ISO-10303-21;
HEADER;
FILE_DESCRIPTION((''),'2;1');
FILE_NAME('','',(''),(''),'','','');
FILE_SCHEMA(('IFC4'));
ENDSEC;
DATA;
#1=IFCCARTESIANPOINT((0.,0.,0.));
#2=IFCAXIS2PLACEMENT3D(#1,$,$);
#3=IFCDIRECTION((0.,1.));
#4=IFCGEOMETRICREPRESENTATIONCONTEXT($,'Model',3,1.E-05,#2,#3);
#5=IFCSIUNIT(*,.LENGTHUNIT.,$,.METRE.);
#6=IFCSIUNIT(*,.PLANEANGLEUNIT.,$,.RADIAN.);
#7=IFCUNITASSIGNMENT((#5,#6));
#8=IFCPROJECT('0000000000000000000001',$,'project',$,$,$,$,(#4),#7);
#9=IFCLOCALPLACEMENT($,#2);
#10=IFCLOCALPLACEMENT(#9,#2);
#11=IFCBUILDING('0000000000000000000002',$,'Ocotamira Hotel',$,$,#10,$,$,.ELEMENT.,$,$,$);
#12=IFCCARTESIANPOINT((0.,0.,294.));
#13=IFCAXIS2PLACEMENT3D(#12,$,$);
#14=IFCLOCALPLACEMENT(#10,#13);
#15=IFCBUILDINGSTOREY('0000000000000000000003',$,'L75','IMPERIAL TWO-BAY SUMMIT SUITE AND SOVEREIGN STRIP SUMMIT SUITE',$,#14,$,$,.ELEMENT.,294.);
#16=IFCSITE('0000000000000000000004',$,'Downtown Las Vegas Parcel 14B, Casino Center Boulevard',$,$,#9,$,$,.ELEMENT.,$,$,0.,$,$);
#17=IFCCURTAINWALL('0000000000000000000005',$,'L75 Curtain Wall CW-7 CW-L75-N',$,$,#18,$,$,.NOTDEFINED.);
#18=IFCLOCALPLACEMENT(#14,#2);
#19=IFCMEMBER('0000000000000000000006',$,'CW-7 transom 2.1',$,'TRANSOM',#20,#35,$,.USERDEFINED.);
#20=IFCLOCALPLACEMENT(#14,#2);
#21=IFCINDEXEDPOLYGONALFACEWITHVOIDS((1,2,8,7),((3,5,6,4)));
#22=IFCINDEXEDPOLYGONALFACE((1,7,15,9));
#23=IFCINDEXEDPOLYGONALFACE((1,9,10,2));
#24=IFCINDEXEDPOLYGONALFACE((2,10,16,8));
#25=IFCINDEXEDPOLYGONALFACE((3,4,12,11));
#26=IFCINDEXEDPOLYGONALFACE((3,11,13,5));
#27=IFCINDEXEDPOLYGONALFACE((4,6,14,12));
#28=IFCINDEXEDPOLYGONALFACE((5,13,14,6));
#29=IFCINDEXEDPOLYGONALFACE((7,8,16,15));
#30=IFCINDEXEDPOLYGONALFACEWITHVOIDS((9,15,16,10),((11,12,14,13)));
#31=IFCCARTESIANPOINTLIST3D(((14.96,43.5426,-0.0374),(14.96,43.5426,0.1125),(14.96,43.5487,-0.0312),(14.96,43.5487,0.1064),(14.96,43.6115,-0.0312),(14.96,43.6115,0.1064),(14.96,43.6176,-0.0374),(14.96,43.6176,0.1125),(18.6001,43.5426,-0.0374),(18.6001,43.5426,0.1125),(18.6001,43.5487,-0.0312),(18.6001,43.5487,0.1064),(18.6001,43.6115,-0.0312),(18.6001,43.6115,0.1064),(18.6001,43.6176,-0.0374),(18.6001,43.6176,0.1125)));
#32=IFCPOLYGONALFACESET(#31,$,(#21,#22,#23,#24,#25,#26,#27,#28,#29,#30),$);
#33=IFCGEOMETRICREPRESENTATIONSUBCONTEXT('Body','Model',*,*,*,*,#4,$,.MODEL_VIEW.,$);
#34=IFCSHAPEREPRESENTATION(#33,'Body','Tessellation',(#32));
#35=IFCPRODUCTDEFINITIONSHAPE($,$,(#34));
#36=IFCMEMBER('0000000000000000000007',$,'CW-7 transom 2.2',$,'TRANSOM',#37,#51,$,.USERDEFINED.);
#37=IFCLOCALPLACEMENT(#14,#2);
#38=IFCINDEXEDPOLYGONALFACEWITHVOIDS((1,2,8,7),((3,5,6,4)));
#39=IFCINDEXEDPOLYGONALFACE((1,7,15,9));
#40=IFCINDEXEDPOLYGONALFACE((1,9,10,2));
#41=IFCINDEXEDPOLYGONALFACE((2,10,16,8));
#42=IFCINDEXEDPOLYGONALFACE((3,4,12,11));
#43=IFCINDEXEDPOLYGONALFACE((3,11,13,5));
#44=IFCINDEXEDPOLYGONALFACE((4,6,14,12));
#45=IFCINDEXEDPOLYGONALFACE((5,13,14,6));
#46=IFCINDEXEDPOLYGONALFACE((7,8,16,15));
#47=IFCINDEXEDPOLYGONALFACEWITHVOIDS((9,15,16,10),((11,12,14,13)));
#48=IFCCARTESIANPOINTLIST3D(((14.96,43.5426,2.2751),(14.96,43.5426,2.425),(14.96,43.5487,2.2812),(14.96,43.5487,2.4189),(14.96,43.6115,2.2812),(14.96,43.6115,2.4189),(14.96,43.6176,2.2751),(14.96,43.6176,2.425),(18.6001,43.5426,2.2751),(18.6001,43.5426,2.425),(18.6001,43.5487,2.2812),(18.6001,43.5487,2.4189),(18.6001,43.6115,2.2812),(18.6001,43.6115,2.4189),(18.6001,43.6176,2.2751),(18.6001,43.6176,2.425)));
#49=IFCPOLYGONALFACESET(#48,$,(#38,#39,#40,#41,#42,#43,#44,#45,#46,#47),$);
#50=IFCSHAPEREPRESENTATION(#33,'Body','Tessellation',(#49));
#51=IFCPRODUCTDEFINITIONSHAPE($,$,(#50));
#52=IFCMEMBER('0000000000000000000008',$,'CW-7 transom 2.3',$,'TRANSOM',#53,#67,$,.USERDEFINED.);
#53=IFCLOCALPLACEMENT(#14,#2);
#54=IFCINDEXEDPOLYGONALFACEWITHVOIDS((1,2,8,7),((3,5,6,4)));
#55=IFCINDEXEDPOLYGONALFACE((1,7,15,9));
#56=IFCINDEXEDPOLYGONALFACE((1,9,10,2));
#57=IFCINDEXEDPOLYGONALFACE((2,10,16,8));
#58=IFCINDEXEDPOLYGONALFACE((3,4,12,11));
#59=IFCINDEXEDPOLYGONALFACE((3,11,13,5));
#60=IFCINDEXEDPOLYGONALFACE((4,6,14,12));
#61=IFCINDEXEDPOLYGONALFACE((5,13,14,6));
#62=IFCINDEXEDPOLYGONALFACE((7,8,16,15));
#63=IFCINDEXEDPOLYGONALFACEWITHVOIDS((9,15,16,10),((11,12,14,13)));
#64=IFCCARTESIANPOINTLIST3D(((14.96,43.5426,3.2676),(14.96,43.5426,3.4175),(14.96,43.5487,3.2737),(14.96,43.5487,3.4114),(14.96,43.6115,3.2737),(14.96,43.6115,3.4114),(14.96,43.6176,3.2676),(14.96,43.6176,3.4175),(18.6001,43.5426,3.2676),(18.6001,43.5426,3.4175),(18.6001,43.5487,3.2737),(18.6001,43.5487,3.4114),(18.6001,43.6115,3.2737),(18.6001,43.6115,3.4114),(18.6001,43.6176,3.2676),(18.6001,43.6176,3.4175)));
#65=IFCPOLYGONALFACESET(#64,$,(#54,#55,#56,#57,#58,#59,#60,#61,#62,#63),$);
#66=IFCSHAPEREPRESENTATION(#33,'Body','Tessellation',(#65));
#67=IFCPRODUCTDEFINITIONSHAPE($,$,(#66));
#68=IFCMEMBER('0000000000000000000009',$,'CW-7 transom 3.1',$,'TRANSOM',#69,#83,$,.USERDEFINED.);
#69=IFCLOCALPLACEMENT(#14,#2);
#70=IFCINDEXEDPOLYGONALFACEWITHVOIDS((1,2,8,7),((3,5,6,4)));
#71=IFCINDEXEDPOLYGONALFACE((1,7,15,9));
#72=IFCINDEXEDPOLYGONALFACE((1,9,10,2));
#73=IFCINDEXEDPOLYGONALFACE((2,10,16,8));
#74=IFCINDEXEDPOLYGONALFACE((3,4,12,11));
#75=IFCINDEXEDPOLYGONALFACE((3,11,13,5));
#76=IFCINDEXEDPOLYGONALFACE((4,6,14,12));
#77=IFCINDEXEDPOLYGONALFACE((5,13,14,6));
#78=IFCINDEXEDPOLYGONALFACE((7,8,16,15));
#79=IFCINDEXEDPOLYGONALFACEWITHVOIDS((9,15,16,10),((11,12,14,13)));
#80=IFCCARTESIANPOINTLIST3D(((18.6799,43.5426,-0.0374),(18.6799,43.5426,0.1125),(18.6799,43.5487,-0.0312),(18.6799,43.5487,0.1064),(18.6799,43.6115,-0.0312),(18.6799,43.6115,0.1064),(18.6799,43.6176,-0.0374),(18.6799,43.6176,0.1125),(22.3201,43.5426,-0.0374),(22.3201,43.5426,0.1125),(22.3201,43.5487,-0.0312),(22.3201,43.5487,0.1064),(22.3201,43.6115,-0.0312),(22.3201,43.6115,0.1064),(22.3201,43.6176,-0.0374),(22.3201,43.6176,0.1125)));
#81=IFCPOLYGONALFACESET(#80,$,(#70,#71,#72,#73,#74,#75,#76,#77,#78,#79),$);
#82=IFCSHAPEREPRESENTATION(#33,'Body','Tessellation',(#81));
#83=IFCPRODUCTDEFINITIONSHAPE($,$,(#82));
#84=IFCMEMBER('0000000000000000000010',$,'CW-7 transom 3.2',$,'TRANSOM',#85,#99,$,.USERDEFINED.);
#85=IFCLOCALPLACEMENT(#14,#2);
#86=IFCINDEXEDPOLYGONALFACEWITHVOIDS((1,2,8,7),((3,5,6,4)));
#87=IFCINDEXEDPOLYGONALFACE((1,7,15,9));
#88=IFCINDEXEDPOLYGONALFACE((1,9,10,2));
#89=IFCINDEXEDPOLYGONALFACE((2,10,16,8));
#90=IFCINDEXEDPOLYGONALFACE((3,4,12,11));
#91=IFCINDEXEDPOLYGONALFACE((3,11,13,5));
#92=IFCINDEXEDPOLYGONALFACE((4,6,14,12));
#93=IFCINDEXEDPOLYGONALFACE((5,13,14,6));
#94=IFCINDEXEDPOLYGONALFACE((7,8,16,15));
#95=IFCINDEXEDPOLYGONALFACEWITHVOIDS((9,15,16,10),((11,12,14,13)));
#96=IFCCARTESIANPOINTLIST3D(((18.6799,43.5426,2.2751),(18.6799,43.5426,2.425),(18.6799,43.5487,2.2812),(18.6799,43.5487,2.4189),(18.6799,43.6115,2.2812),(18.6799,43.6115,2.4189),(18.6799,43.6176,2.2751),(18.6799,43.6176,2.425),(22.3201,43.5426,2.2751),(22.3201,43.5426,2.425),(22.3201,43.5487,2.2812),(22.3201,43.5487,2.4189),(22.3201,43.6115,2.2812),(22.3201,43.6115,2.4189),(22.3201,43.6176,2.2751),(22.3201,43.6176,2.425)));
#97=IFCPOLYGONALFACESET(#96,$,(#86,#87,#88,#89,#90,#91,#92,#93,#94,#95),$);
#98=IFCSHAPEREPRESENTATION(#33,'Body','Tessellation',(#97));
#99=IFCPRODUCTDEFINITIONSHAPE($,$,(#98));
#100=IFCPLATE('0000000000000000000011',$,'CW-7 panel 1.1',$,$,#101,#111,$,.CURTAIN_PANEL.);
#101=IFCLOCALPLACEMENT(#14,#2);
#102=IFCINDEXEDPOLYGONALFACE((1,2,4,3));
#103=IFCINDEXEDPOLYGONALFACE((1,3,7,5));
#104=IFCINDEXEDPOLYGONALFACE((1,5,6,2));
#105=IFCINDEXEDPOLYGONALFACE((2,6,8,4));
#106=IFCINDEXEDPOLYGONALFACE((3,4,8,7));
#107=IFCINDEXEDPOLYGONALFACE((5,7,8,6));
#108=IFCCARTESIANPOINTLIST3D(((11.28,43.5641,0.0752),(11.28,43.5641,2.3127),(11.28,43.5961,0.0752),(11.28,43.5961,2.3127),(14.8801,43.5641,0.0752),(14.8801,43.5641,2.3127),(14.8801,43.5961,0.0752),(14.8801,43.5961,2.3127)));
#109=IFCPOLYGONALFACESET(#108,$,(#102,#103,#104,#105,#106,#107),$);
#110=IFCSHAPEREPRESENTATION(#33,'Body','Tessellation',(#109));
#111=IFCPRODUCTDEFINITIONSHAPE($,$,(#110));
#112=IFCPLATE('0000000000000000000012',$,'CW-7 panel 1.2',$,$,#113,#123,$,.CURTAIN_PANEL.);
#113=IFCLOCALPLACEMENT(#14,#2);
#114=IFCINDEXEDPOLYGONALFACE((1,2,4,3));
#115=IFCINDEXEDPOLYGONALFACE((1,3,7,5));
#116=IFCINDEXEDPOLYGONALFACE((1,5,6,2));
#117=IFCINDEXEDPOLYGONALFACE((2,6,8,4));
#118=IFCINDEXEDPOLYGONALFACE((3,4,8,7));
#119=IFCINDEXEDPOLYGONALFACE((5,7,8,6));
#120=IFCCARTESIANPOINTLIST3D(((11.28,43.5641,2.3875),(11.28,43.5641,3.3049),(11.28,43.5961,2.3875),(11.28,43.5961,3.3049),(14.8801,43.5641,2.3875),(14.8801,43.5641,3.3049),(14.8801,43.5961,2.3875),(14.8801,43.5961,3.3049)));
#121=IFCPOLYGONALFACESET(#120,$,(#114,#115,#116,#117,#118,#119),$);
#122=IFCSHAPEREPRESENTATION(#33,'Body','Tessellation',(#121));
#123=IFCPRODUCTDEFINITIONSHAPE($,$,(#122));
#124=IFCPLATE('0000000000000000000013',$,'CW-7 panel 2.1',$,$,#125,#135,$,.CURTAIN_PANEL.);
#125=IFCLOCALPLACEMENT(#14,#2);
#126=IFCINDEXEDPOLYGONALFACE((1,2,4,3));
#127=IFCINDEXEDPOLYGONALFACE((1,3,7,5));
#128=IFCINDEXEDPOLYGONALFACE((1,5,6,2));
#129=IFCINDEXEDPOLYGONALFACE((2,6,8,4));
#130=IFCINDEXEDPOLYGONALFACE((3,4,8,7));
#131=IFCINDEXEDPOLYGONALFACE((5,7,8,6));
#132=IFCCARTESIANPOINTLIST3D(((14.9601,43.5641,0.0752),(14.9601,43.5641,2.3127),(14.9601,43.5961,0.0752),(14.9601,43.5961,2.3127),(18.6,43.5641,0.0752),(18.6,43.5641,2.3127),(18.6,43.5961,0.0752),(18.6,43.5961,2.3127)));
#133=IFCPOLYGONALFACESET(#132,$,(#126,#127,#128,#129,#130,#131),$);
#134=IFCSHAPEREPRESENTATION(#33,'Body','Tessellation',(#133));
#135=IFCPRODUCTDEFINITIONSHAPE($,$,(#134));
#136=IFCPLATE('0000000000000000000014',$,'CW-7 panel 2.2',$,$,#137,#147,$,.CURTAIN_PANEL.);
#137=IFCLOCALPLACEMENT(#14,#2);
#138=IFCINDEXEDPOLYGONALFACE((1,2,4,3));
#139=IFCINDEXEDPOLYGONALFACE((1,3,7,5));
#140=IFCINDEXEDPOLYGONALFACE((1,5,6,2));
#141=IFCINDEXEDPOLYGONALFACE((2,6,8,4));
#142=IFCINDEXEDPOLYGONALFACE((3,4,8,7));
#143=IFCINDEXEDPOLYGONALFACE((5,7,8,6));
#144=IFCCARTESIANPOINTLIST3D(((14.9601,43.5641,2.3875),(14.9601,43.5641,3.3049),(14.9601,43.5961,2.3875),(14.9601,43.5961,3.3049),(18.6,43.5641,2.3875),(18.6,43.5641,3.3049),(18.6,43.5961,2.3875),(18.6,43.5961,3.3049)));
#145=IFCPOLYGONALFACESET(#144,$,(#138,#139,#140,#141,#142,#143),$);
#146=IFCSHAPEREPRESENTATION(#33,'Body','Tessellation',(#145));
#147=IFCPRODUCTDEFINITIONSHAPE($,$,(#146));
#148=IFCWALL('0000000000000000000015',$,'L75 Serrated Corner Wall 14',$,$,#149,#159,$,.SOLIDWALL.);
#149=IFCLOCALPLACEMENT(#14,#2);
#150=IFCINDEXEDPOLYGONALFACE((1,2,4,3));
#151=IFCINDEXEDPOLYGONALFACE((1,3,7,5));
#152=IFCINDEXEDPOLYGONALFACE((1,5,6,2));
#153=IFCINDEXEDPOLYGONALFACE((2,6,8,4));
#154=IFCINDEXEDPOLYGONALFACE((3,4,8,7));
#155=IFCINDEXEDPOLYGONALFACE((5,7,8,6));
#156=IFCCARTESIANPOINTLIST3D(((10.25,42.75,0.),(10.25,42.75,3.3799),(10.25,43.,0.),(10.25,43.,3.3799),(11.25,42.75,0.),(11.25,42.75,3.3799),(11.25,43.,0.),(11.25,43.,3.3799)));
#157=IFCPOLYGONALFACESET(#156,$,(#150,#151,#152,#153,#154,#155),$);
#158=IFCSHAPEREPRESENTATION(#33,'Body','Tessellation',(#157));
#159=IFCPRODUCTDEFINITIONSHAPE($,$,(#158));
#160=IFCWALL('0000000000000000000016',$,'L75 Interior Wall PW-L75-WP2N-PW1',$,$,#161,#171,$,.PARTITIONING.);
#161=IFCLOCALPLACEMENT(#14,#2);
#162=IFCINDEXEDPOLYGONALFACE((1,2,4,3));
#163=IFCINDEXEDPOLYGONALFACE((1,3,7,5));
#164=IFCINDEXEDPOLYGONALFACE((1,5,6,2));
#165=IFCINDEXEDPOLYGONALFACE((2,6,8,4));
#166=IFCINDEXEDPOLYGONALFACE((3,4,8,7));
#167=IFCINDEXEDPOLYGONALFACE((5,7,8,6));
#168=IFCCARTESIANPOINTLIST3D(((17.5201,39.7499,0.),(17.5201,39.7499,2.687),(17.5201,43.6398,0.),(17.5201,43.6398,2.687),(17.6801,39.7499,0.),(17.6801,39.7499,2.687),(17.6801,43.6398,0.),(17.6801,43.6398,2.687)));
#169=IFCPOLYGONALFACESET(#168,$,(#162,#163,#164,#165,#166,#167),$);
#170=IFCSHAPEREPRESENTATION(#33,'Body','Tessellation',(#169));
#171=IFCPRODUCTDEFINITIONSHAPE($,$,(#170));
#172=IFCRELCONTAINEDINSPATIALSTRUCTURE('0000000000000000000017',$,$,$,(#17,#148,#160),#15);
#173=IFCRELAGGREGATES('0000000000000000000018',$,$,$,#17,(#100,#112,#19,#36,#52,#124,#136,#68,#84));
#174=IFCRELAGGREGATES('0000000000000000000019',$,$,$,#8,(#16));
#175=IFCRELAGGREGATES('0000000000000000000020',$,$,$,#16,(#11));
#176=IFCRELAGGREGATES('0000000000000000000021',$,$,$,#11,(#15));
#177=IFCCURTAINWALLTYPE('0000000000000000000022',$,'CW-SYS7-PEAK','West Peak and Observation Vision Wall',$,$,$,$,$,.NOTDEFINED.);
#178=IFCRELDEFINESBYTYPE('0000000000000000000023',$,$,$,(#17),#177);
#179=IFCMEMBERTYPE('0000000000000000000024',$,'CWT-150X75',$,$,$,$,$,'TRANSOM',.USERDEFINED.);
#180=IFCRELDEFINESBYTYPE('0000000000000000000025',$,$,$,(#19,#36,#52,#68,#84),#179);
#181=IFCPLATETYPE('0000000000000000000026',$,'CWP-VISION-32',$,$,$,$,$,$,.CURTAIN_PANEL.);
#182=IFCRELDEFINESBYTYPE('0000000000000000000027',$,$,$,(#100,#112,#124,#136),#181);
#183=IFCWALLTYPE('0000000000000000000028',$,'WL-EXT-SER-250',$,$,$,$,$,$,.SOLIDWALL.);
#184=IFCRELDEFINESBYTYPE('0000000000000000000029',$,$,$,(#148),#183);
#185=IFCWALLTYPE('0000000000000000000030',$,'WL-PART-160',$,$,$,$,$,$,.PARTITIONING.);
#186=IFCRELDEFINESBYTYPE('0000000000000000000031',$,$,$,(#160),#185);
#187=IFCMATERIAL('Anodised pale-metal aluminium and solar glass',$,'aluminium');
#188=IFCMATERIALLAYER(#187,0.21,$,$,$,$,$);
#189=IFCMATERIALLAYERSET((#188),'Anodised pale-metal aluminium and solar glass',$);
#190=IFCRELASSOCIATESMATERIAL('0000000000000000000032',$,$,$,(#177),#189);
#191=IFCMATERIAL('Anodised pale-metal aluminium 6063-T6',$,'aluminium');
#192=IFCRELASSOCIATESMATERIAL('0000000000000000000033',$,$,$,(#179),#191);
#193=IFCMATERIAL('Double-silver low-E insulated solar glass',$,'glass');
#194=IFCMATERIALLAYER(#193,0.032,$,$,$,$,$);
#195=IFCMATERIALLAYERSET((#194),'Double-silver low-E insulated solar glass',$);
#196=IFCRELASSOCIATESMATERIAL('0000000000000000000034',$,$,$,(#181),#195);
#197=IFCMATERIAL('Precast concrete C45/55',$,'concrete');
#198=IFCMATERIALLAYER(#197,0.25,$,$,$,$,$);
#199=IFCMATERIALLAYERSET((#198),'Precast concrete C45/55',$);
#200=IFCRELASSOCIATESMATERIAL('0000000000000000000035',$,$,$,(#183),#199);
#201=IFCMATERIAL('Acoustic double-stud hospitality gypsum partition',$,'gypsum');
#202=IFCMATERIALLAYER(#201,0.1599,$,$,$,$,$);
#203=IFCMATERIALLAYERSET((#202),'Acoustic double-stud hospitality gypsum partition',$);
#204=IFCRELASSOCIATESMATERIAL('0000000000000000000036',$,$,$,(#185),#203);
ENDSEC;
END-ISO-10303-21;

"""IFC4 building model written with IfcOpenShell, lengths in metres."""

from ifc_helpers import new_model, si_unit, direction, frame, frame_2d, origin, origin_2d, place, context, subcontext, project, spatial, rectangle, hollow_rectangle, extrude, source, transform, mapped, material, layer, layer_set, material_profile, profile_set, type_object, element, aggregate, save


model = new_model("IFC4")

# Units and contexts
model_context = context("Model", 3, precision=1e-05, world=origin(), true_north=direction((0.0, 1.0)))
body_context = subcontext(model_context, "Body", "Model", "MODEL_VIEW")
ifc_project = project(units=[si_unit("LENGTHUNIT", "METRE"), si_unit("PLANEANGLEUNIT", "RADIAN")], contexts=[model_context])

# Site, building, storey
site_placement = place(None, origin())
site = spatial("IfcSite", under=ifc_project, at=site_placement, Name="Downtown Las Vegas Parcel 14B, Casino Center Boulevard", CompositionType="ELEMENT", RefElevation=0.0)
building_placement = place(site_placement, origin())
building = spatial("IfcBuilding", under=site, at=building_placement, Name="Ocotamira Hotel", CompositionType="ELEMENT")
storey_placement = place(building_placement, frame((0.0, 0.0, 294.0)))
storey = spatial("IfcBuildingStorey", under=building, at=storey_placement, Name="L75", Description="IMPERIAL TWO-BAY SUMMIT SUITE AND SOVEREIGN STRIP SUMMIT SUITE", CompositionType="ELEMENT", Elevation=294.0)

# Curtain wall, members, plates
ifc_material_1 = material(Name="Anodised pale-metal aluminium and solar glass", Category="aluminium")
ifc_layer_1 = layer(ifc_material_1, 0.21)
ifc_layer_set_1 = layer_set([ifc_layer_1], Name="Anodised pale-metal aluminium and solar glass")
curtain_wall_type = type_object("IfcCurtainWallType", Name="CW-SYS7-PEAK", Description="West Peak and Observation Vision Wall", PredefinedType="NOTDEFINED", material=ifc_layer_set_1)
curtain_wall_placement = place(storey_placement, origin())
curtain_wall = element("IfcCurtainWall", 1, at=curtain_wall_placement, inside=storey, type_object=curtain_wall_type, Name="L75 Curtain Wall CW-7 CW-L75-N", PredefinedType="NOTDEFINED")
ifc_material_2 = material(Name="Anodised pale-metal aluminium 6063-T6", Category="aluminium")
ifc_material_profile_1 = material_profile(ifc_material_2, hollow_rectangle(XDim=0.075, YDim=0.1499, WallThickness=0.0061, at=origin_2d()), Name="HSS150X75X6")
ifc_profile_set_1 = profile_set([ifc_material_profile_1], Name="Anodised pale-metal aluminium 6063-T6")
member_type_1 = type_object("IfcMemberType", Name="CWT-150X75", ElementType="TRANSOM", PredefinedType="USERDEFINED", material=ifc_profile_set_1)
shared_shape_1 = source(origin(), body_context, "Body", "SweptSolid", [
    extrude(hollow_rectangle(XDim=0.075, YDim=0.1499, WallThickness=0.0061, at=origin_2d()), origin(), (0.0, 0.0, 1.0), 3.6401),
])
member_1_placement = place(storey_placement, frame((14.96, 43.5801, 0.0376), z_axis=(1.0, 0.0, 0.0), x_axis=(0.0, 1.0, 0.0)))
member_1 = element("IfcMember", 2, at=member_1_placement, type_object=member_type_1, Name="CW-7 transom 2.1", ObjectType="TRANSOM", PredefinedType="USERDEFINED", context=body_context, shape_type="MappedRepresentation", body=[
    mapped(shared_shape_1, transform((0.0, 0.0, 0.0), scale=1.0)),
])
member_2_placement = place(storey_placement, frame((14.96, 43.5801, 2.3501), z_axis=(1.0, 0.0, 0.0), x_axis=(0.0, 1.0, 0.0)))
member_2 = element("IfcMember", 3, at=member_2_placement, type_object=member_type_1, Name="CW-7 transom 2.2", ObjectType="TRANSOM", PredefinedType="USERDEFINED", context=body_context, shape_type="MappedRepresentation", body=[
    mapped(shared_shape_1, transform((0.0, 0.0, 0.0), scale=1.0)),
])
member_3_placement = place(storey_placement, frame((14.96, 43.5801, 3.3425), z_axis=(1.0, 0.0, 0.0), x_axis=(0.0, 1.0, 0.0)))
member_3 = element("IfcMember", 4, at=member_3_placement, type_object=member_type_1, Name="CW-7 transom 2.3", ObjectType="TRANSOM", PredefinedType="USERDEFINED", context=body_context, shape_type="MappedRepresentation", body=[
    mapped(shared_shape_1, transform((0.0, 0.0, 0.0), scale=1.0)),
])
member_4_placement = place(storey_placement, frame((18.6799, 43.5801, 0.0376), z_axis=(1.0, 0.0, 0.0), x_axis=(0.0, 1.0, 0.0)))
member_4 = element("IfcMember", 5, at=member_4_placement, type_object=member_type_1, Name="CW-7 transom 3.1", ObjectType="TRANSOM", PredefinedType="USERDEFINED", context=body_context, shape_type="MappedRepresentation", body=[
    mapped(shared_shape_1, transform((0.0, 0.0, 0.0), scale=1.0)),
])
member_5_placement = place(storey_placement, frame((18.6799, 43.5801, 2.3501), z_axis=(1.0, 0.0, 0.0), x_axis=(0.0, 1.0, 0.0)))
member_5 = element("IfcMember", 6, at=member_5_placement, type_object=member_type_1, Name="CW-7 transom 3.2", ObjectType="TRANSOM", PredefinedType="USERDEFINED", context=body_context, shape_type="MappedRepresentation", body=[
    mapped(shared_shape_1, transform((0.0, 0.0, 0.0), scale=1.0)),
])
ifc_material_3 = material(Name="Double-silver low-E insulated solar glass", Category="glass")
ifc_layer_2 = layer(ifc_material_3, 0.032)
ifc_layer_set_2 = layer_set([ifc_layer_2], Name="Double-silver low-E insulated solar glass")
plate_type = type_object("IfcPlateType", Name="CWP-VISION-32", PredefinedType="CURTAIN_PANEL", material=ifc_layer_set_2)
shared_shape_2 = source(origin(), body_context, "Body", "SweptSolid", [
    extrude(rectangle(XDim=3.6001, YDim=0.032, at=origin_2d()), origin(), (0.0, 0.0, 1.0), 2.2375),
])
plate_1_placement = place(storey_placement, frame((13.0801, 43.5801, 0.0752), z_axis=(0.0, 0.0, 1.0), x_axis=(1.0, 0.0, 0.0)))
plate_1 = element("IfcPlate", 7, at=plate_1_placement, type_object=plate_type, Name="CW-7 panel 1.1", PredefinedType="CURTAIN_PANEL", context=body_context, shape_type="MappedRepresentation", body=[
    mapped(shared_shape_2, transform((0.0, 0.0, 0.0), scale=1.0)),
])
shared_shape_3 = source(origin(), body_context, "Body", "SweptSolid", [
    extrude(rectangle(XDim=3.6001, YDim=0.032, at=origin_2d()), origin(), (0.0, 0.0, 1.0), 0.9175),
])
plate_2_placement = place(storey_placement, frame((13.0801, 43.5801, 2.3875), z_axis=(0.0, 0.0, 1.0), x_axis=(1.0, 0.0, 0.0)))
plate_2 = element("IfcPlate", 8, at=plate_2_placement, type_object=plate_type, Name="CW-7 panel 1.2", PredefinedType="CURTAIN_PANEL", context=body_context, shape_type="MappedRepresentation", body=[
    mapped(shared_shape_3, transform((0.0, 0.0, 0.0), scale=1.0)),
])
shared_shape_4 = source(origin(), body_context, "Body", "SweptSolid", [
    extrude(rectangle(XDim=3.6399, YDim=0.032, at=origin_2d()), origin(), (0.0, 0.0, 1.0), 2.2375),
])
plate_3_placement = place(storey_placement, frame((16.78, 43.5801, 0.0752), z_axis=(0.0, 0.0, 1.0), x_axis=(1.0, 0.0, 0.0)))
plate_3 = element("IfcPlate", 9, at=plate_3_placement, type_object=plate_type, Name="CW-7 panel 2.1", PredefinedType="CURTAIN_PANEL", context=body_context, shape_type="MappedRepresentation", body=[
    mapped(shared_shape_4, transform((0.0, 0.0, 0.0), scale=1.0)),
])
shared_shape_5 = source(origin(), body_context, "Body", "SweptSolid", [
    extrude(rectangle(XDim=3.6399, YDim=0.032, at=origin_2d()), origin(), (0.0, 0.0, 1.0), 0.9175),
])
plate_4_placement = place(storey_placement, frame((16.78, 43.5801, 2.3875), z_axis=(0.0, 0.0, 1.0), x_axis=(1.0, 0.0, 0.0)))
plate_4 = element("IfcPlate", 10, at=plate_4_placement, type_object=plate_type, Name="CW-7 panel 2.2", PredefinedType="CURTAIN_PANEL", context=body_context, shape_type="MappedRepresentation", body=[
    mapped(shared_shape_5, transform((0.0, 0.0, 0.0), scale=1.0)),
])
aggregate(curtain_wall, [plate_1, plate_2, member_1, member_2, member_3, plate_3, plate_4, member_4, member_5])

# Walls
ifc_material_4 = material(Name="Precast concrete C45/55", Category="concrete")
ifc_layer_3 = layer(ifc_material_4, 0.25)
ifc_layer_set_3 = layer_set([ifc_layer_3], Name="Precast concrete C45/55")
wall_type_1 = type_object("IfcWallType", Name="WL-EXT-SER-250", PredefinedType="SOLIDWALL", material=ifc_layer_set_3)
wall_1_placement = place(storey_placement, frame((11.25, 42.875, 0.0), z_axis=(0.0, 0.0, 1.0), x_axis=(-1.0, 0.0, 0.0)))
element("IfcWall", 11, at=wall_1_placement, inside=storey, type_object=wall_type_1, Name="L75 Serrated Corner Wall 14", PredefinedType="SOLIDWALL", context=body_context, shape_type="SweptSolid", body=[
    extrude(rectangle(XDim=1.0, YDim=0.25, at=frame_2d((0.5, 0.0))), origin(), (0.0, 0.0, 1.0), 3.3799),
])
ifc_material_5 = material(Name="Acoustic double-stud hospitality gypsum partition", Category="gypsum")
ifc_layer_4 = layer(ifc_material_5, 0.1599)
ifc_layer_set_4 = layer_set([ifc_layer_4], Name="Acoustic double-stud hospitality gypsum partition")
wall_type_2 = type_object("IfcWallType", Name="WL-PART-160", PredefinedType="PARTITIONING", material=ifc_layer_set_4)
wall_2_placement = place(storey_placement, frame((17.6001, 39.75, 0.0), z_axis=(0.0, 0.0, 1.0), x_axis=(0.0, 1.0, 0.0)))
element("IfcWall", 12, at=wall_2_placement, inside=storey, type_object=wall_type_2, Name="L75 Interior Wall PW-L75-WP2N-PW1", PredefinedType="PARTITIONING", context=body_context, shape_type="SweptSolid", body=[
    extrude(rectangle(XDim=3.8899, YDim=0.1599, at=frame_2d((1.9448, 0.0))), origin(), (0.0, 0.0, 1.0), 2.687),
])

save(model, "model.ifc")
